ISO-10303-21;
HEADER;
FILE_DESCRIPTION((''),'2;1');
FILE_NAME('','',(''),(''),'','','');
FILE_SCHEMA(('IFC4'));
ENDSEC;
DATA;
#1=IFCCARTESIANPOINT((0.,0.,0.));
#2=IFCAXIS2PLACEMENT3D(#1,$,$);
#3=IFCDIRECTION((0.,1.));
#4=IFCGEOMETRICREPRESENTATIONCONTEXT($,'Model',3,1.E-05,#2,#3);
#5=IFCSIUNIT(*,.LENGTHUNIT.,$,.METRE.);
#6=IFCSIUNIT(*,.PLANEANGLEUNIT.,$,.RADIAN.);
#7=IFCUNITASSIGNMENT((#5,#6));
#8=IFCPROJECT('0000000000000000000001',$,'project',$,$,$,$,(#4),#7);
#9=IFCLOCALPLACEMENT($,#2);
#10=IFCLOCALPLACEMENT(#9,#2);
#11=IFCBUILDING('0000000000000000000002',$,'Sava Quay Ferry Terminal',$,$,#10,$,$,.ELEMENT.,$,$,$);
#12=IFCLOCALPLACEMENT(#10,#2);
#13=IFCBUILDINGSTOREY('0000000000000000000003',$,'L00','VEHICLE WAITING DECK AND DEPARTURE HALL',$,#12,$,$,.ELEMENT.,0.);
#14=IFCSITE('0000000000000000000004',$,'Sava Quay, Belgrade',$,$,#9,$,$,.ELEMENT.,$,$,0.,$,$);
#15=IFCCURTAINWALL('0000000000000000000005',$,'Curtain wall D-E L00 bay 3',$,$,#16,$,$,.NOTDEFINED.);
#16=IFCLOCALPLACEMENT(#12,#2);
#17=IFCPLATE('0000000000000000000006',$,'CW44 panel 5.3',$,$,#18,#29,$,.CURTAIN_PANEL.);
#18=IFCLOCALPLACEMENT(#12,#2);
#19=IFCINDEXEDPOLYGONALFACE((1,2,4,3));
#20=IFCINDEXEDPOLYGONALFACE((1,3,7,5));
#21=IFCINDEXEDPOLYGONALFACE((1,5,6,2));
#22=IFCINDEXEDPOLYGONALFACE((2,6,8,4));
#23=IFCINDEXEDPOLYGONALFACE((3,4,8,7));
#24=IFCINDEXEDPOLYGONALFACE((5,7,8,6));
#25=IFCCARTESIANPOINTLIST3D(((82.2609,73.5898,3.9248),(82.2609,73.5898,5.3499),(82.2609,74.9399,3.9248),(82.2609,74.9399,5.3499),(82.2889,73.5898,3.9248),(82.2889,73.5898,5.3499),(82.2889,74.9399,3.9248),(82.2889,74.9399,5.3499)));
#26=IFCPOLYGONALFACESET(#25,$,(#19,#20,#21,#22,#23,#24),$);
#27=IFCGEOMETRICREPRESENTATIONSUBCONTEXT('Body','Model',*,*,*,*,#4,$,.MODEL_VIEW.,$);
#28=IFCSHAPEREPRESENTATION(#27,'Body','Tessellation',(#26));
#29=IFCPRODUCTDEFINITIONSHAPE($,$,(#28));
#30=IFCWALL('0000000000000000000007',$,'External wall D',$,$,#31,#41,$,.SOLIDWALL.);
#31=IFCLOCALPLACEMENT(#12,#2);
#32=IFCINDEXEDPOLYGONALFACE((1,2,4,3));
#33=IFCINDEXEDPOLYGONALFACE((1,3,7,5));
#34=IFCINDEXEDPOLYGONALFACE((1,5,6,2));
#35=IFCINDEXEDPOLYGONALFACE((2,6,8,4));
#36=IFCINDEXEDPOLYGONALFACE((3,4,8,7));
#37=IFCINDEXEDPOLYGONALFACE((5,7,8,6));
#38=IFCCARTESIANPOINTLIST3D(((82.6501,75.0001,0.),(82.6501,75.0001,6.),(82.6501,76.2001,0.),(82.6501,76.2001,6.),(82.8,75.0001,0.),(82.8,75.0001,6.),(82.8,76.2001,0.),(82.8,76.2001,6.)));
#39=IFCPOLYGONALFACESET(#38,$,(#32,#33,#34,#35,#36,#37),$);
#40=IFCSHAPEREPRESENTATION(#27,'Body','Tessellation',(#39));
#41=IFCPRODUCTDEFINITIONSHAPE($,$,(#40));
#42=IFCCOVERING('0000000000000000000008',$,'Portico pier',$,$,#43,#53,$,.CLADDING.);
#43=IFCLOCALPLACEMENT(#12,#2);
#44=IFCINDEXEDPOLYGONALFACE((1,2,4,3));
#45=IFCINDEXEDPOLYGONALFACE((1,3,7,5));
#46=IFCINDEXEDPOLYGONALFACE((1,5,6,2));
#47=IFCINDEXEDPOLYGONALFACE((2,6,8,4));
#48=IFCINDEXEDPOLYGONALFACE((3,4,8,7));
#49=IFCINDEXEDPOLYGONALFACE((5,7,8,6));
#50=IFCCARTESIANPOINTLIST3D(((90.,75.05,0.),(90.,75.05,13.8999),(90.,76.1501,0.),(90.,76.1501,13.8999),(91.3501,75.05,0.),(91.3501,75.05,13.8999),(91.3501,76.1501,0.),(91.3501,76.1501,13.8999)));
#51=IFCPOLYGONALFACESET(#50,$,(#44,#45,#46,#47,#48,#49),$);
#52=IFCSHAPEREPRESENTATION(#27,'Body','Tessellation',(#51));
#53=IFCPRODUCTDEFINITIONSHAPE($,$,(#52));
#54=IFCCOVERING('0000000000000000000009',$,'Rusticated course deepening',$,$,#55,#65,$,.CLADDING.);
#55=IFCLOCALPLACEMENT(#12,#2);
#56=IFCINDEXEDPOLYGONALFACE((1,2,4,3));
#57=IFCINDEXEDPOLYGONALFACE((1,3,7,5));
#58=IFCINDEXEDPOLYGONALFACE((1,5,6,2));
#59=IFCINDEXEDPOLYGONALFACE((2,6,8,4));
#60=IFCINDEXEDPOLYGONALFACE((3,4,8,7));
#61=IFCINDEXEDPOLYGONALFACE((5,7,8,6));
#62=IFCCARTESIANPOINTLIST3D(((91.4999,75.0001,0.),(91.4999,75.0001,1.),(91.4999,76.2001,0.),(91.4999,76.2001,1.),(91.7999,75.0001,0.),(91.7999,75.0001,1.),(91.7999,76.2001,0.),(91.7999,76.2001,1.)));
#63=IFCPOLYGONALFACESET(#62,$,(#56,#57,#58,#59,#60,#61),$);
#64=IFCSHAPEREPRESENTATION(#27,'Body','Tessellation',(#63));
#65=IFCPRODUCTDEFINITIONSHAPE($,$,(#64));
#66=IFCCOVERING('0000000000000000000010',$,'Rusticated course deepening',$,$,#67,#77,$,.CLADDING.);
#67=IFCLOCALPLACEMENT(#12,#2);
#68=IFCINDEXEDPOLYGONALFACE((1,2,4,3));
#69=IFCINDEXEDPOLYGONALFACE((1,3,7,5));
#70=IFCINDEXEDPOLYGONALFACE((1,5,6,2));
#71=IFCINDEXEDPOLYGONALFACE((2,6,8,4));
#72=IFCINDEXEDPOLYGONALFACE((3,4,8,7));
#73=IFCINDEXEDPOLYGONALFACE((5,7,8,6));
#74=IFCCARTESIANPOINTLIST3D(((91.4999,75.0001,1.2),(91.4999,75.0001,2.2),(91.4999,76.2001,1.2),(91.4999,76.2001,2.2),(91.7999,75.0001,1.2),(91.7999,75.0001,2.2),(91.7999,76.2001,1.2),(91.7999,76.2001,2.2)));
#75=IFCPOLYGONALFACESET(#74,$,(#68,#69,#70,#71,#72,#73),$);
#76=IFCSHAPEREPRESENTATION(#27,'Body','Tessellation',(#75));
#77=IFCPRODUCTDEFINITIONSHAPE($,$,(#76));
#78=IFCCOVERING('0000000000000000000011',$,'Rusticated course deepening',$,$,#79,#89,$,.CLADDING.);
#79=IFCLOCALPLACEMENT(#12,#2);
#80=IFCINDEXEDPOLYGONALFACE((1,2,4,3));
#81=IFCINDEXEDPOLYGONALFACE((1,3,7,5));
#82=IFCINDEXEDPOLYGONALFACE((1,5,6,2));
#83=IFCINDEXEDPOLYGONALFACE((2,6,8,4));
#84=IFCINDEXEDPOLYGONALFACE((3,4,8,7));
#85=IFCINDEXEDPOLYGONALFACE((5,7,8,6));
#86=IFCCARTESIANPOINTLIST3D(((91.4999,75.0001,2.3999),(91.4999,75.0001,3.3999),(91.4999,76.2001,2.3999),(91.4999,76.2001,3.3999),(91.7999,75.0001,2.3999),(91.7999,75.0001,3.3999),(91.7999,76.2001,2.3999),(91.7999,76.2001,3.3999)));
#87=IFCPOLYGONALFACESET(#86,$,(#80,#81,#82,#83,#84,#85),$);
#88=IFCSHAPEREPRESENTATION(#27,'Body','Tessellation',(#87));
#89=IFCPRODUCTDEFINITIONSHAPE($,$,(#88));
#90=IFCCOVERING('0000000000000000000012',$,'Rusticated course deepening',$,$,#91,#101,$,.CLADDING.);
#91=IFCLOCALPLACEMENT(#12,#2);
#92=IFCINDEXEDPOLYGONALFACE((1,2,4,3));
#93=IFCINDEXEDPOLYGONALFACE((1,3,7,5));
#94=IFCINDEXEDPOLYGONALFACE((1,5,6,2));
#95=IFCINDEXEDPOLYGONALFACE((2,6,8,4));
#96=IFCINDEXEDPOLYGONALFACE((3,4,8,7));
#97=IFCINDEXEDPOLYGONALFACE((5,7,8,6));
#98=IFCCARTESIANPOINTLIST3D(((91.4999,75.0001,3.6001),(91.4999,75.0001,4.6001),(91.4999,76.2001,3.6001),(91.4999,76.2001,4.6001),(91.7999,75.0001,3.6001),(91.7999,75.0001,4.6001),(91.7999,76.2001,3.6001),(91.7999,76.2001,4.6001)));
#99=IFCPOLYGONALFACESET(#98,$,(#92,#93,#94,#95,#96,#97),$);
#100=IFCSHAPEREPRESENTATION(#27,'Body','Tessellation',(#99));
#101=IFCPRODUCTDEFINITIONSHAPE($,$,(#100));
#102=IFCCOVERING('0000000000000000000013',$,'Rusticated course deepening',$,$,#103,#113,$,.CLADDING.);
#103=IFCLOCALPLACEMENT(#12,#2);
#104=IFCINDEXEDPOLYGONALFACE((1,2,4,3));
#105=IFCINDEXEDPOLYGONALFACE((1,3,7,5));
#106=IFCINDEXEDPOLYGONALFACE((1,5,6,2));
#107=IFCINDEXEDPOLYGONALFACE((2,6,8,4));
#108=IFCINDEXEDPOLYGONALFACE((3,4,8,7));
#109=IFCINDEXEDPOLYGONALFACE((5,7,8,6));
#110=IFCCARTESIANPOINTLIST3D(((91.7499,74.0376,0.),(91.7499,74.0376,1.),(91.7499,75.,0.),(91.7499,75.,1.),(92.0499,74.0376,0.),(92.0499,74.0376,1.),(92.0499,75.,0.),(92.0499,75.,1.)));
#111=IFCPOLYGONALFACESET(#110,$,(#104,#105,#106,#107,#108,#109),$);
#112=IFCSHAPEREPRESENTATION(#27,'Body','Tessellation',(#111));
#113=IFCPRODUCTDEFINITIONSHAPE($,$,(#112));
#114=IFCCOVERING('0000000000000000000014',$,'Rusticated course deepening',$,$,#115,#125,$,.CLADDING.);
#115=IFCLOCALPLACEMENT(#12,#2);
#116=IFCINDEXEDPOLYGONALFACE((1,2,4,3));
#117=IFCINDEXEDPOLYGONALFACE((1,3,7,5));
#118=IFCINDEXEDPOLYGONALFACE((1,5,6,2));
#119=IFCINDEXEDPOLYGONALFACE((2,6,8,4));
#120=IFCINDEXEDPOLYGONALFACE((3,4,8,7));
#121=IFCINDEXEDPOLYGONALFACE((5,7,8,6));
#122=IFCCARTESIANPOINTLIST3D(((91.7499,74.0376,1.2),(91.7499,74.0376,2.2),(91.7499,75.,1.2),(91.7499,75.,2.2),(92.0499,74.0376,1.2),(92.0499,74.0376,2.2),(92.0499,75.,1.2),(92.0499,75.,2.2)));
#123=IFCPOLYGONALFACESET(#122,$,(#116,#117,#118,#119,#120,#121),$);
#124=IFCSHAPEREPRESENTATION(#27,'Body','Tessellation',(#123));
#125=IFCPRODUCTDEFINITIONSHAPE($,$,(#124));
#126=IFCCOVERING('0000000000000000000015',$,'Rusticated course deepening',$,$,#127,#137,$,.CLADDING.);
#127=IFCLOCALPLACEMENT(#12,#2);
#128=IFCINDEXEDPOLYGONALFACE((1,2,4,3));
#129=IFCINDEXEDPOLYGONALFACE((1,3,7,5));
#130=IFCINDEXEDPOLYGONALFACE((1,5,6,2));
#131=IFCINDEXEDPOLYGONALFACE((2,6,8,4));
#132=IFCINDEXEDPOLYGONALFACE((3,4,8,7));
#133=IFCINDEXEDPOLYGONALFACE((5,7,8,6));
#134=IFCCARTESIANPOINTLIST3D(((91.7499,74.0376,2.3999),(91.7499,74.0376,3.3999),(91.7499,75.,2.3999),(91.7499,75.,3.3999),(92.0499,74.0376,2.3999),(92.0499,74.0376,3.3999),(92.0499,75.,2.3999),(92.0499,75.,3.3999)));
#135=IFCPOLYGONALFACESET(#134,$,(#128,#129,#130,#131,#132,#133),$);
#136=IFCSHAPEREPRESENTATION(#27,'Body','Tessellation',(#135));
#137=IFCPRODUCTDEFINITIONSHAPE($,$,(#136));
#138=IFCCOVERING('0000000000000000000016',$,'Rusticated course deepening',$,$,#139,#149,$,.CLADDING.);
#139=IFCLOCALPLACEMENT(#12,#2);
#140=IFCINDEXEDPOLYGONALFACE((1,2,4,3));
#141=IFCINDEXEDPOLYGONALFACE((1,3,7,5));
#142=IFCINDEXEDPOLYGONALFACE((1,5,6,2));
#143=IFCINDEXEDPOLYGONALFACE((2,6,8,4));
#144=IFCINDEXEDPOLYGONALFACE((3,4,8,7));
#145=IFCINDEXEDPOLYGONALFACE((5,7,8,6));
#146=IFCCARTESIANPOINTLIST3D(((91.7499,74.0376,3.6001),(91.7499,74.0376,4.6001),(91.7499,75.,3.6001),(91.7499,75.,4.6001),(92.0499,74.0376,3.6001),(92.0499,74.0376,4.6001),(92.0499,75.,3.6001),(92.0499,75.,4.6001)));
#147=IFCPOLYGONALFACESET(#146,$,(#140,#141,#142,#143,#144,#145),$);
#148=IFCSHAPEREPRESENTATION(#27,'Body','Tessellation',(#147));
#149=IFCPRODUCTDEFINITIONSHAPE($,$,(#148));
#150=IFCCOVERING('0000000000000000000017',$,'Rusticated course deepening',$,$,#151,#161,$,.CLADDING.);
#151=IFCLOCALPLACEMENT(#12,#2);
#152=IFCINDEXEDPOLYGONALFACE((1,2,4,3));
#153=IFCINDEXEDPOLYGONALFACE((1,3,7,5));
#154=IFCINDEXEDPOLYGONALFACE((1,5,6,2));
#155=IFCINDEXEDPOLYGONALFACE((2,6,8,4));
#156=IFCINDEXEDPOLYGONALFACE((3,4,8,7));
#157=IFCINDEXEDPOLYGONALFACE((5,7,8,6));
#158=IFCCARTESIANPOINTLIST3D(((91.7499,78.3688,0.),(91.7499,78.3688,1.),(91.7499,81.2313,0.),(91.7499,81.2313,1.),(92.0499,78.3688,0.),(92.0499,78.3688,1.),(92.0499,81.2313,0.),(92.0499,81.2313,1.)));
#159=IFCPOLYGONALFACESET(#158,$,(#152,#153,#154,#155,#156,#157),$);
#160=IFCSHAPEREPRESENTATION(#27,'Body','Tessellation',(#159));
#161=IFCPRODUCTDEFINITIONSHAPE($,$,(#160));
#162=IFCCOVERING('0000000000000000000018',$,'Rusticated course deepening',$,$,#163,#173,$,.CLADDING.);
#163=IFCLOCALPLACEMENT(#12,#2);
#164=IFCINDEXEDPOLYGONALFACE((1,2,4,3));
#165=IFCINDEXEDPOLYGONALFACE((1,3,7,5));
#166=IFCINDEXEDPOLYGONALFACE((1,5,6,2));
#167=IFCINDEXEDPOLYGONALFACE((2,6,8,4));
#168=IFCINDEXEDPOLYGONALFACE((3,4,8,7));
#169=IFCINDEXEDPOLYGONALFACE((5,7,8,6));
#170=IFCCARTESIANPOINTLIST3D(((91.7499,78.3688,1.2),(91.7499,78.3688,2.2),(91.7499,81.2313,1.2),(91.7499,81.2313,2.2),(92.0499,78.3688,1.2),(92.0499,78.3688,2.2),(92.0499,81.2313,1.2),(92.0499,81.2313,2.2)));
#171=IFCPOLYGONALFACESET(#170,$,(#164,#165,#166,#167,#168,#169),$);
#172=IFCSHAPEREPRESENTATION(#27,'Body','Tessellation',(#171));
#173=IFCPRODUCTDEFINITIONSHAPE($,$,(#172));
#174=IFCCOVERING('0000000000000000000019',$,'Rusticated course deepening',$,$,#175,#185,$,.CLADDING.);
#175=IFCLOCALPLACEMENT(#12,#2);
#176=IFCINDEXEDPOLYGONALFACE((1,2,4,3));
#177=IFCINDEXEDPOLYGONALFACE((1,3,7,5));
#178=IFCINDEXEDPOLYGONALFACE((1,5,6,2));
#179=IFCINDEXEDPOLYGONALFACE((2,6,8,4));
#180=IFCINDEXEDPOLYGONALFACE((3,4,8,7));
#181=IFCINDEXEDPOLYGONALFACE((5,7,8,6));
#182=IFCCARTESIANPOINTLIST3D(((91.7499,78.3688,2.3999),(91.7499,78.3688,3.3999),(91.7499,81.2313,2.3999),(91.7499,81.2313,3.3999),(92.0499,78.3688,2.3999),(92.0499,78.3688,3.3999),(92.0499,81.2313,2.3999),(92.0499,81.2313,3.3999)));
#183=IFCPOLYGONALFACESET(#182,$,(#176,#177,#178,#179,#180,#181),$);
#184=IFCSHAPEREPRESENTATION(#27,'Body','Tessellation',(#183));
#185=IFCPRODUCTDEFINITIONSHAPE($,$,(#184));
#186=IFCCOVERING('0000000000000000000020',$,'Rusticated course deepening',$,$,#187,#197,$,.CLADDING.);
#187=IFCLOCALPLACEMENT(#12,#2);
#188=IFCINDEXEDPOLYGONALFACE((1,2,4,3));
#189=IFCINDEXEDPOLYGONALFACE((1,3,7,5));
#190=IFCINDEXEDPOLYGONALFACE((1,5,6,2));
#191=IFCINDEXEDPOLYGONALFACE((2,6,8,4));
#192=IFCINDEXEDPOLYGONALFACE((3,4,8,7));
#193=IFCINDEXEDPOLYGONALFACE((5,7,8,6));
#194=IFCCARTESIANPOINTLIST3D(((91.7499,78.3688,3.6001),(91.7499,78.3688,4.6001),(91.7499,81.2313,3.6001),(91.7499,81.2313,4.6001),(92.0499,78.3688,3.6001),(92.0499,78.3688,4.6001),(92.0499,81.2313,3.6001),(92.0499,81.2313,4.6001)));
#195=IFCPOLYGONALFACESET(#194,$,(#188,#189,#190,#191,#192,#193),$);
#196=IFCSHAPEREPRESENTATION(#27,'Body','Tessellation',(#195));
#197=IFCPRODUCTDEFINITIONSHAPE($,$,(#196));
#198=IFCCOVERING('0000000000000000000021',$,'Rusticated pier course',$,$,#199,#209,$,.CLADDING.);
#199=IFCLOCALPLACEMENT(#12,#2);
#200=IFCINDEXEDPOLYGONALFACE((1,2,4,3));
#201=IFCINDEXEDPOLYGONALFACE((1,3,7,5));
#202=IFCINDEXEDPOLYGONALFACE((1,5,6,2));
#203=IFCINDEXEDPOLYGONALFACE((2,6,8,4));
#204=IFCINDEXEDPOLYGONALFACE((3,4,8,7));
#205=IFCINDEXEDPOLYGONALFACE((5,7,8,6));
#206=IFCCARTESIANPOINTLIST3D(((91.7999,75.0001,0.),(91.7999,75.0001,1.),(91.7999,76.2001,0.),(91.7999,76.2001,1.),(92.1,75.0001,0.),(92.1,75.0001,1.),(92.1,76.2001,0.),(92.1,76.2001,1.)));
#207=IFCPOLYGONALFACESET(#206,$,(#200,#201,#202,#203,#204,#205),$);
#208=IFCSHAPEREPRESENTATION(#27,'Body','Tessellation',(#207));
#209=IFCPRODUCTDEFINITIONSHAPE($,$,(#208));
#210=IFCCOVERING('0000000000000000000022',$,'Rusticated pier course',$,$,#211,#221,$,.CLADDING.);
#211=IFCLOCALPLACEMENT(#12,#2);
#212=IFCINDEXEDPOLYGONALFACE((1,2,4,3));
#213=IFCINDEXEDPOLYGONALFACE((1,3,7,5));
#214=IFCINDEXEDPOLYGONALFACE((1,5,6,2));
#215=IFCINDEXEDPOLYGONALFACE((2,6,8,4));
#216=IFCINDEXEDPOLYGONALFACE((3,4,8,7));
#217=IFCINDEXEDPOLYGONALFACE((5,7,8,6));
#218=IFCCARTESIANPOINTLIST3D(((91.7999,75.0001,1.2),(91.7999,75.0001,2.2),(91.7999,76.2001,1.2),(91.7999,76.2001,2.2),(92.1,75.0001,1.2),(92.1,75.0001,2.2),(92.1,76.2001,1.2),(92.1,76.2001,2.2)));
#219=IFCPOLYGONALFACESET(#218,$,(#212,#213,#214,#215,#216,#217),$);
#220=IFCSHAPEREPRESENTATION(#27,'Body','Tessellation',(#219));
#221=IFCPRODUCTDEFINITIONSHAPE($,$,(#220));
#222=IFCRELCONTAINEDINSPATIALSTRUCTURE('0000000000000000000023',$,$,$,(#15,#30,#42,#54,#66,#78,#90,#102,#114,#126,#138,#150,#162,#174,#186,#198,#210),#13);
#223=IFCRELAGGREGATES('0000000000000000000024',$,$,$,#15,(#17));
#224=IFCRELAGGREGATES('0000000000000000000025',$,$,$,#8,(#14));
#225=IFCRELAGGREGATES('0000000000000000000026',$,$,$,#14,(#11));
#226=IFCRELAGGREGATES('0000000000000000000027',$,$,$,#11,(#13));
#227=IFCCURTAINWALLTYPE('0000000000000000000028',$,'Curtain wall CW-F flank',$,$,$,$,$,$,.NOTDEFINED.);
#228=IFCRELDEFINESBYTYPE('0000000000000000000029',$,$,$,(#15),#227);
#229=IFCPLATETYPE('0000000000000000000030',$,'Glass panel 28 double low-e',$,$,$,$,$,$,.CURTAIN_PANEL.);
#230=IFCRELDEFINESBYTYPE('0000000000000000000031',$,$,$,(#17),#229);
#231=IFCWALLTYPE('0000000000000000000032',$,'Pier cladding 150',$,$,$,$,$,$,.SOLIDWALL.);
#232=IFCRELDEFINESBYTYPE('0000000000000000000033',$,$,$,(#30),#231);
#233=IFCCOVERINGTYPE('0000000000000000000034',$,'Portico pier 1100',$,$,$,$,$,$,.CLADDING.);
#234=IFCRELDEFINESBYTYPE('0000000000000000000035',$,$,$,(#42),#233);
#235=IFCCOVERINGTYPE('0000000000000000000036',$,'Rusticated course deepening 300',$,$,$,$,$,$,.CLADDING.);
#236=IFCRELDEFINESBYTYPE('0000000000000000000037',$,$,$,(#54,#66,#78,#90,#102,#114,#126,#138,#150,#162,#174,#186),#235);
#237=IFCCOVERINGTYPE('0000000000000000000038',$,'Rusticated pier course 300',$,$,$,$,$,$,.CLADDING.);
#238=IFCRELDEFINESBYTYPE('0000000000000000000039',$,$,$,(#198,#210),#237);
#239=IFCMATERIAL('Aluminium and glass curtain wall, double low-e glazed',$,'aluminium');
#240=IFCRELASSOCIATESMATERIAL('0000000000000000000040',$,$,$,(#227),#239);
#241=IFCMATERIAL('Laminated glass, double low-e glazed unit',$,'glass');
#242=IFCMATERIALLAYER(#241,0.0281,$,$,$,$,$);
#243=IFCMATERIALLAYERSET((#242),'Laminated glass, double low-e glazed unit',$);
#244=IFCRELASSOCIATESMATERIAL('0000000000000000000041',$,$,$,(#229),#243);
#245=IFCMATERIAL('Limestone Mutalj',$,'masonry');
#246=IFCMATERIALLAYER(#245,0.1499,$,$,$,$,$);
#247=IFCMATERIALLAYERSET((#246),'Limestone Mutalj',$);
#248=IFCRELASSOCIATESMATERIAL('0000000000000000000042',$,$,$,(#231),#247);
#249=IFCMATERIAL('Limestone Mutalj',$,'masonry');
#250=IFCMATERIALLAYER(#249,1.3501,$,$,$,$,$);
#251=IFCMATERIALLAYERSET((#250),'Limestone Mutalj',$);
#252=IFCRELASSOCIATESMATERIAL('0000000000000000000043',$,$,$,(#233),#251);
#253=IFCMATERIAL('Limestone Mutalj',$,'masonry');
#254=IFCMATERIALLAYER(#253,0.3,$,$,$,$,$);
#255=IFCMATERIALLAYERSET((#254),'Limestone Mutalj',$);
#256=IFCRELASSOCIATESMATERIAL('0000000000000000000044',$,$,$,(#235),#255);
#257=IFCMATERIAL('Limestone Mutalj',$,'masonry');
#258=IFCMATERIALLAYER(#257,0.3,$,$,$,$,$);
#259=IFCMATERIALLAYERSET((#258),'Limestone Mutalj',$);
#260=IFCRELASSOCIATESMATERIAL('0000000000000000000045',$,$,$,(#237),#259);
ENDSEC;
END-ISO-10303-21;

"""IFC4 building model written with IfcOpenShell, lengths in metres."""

from ifc_helpers import new_model, si_unit, direction, frame, frame_2d, origin, origin_2d, place, context, subcontext, project, spatial, rectangle, extrude, material, layer, layer_set, type_object, element, aggregate, save


model = new_model("IFC4")

# Units and contexts
model_context = context("Model", 3, precision=1e-05, world=origin(), true_north=direction((0.0, 1.0)))
body_context = subcontext(model_context, "Body", "Model", "MODEL_VIEW")
ifc_project = project(units=[si_unit("LENGTHUNIT", "METRE"), si_unit("PLANEANGLEUNIT", "RADIAN")], contexts=[model_context])

# Site, building, storey
site_placement = place(None, origin())
site = spatial("IfcSite", under=ifc_project, at=site_placement, Name="Sava Quay, Belgrade", CompositionType="ELEMENT", RefElevation=0.0)
building_placement = place(site_placement, origin())
building = spatial("IfcBuilding", under=site, at=building_placement, Name="Sava Quay Ferry Terminal", CompositionType="ELEMENT")
storey_placement = place(building_placement, origin())
storey = spatial("IfcBuildingStorey", under=building, at=storey_placement, Name="L00", Description="VEHICLE WAITING DECK AND DEPARTURE HALL", CompositionType="ELEMENT", Elevation=0.0)

# Curtain wall
ifc_material_1 = material(Name="Aluminium and glass curtain wall, double low-e glazed", Category="aluminium")
curtain_wall_type = type_object("IfcCurtainWallType", Name="Curtain wall CW-F flank", PredefinedType="NOTDEFINED", material=ifc_material_1)
curtain_wall_placement = place(storey_placement, origin())
curtain_wall = element("IfcCurtainWall", 1, at=curtain_wall_placement, inside=storey, type_object=curtain_wall_type, Name="Curtain wall D-E L00 bay 3", PredefinedType="NOTDEFINED")

# Plate
ifc_material_2 = material(Name="Laminated glass, double low-e glazed unit", Category="glass")
ifc_layer_1 = layer(ifc_material_2, 0.0281)
ifc_layer_set_1 = layer_set([ifc_layer_1], Name="Laminated glass, double low-e glazed unit")
plate_type = type_object("IfcPlateType", Name="Glass panel 28 double low-e", PredefinedType="CURTAIN_PANEL", material=ifc_layer_set_1)
plate_placement = place(storey_placement, frame((82.2749, 74.2649, 3.9248), z_axis=(0.0, 0.0, 1.0), x_axis=(0.0, 1.0, 0.0)))
plate = element("IfcPlate", 2, at=plate_placement, type_object=plate_type, Name="CW44 panel 5.3", PredefinedType="CURTAIN_PANEL", context=body_context, shape_type="SweptSolid", body=[
    extrude(rectangle(XDim=1.3501, YDim=0.0281, at=origin_2d()), origin(), (0.0, 0.0, 1.0), 1.425),
])
aggregate(curtain_wall, [plate])

# Wall
ifc_material_3 = material(Name="Limestone Mutalj", Category="masonry")
ifc_layer_2 = layer(ifc_material_3, 0.1499)
ifc_layer_set_2 = layer_set([ifc_layer_2], Name="Limestone Mutalj")
wall_type = type_object("IfcWallType", Name="Pier cladding 150", PredefinedType="SOLIDWALL", material=ifc_layer_set_2)
wall_placement = place(storey_placement, frame((82.7251, 75.0, 0.0), z_axis=(0.0, 0.0, 1.0), x_axis=(0.0, 1.0, 0.0)))
element("IfcWall", 3, at=wall_placement, inside=storey, type_object=wall_type, Name="External wall D", PredefinedType="SOLIDWALL", context=body_context, shape_type="SweptSolid", body=[
    extrude(rectangle(XDim=1.2, YDim=0.1499, at=frame_2d((0.6001, 0.0))), origin(), (0.0, 0.0, 1.0), 6.0),
])

# Coverings
ifc_material_4 = material(Name="Limestone Mutalj", Category="masonry")
ifc_layer_3 = layer(ifc_material_4, 1.3501)
ifc_layer_set_3 = layer_set([ifc_layer_3], Name="Limestone Mutalj")
covering_type_1 = type_object("IfcCoveringType", Name="Portico pier 1100", PredefinedType="CLADDING", material=ifc_layer_set_3)
covering_placement = place(storey_placement, frame((90.675, 75.6001, 0.0), z_axis=(0.0, 0.0, 1.0), x_axis=(1.0, 0.0, 0.0)))
element("IfcCovering", 4, at=covering_placement, inside=storey, type_object=covering_type_1, Name="Portico pier", PredefinedType="CLADDING", context=body_context, shape_type="SweptSolid", body=[
    extrude(rectangle(XDim=1.3501, YDim=1.1001, at=origin_2d()), origin(), (0.0, 0.0, 1.0), 13.8999),
])
ifc_material_5 = material(Name="Limestone Mutalj", Category="masonry")
ifc_layer_4 = layer(ifc_material_5, 0.3)
ifc_layer_set_4 = layer_set([ifc_layer_4], Name="Limestone Mutalj")
covering_type_2 = type_object("IfcCoveringType", Name="Rusticated course deepening 300", PredefinedType="CLADDING", material=ifc_layer_set_4)
for number, where, z_axis, x_axis, name in (
    (5, (91.6499, 75.6001, 0.0), (0.0, 0.0, 1.0), (1.0, 0.0, 0.0), "Rusticated course deepening"),
    (6, (91.6499, 75.6001, 1.2), (0.0, 0.0, 1.0), (1.0, 0.0, 0.0), "Rusticated course deepening"),
    (7, (91.6499, 75.6001, 2.3999), (0.0, 0.0, 1.0), (1.0, 0.0, 0.0), "Rusticated course deepening"),
    (8, (91.6499, 75.6001, 3.6001), (0.0, 0.0, 1.0), (1.0, 0.0, 0.0), "Rusticated course deepening"),
):
    element("IfcCovering", number, at=place(storey_placement, frame(where, z_axis=z_axis, x_axis=x_axis)), inside=storey, type_object=covering_type_2, Name=name, PredefinedType="CLADDING", context=body_context, shape_type="SweptSolid", body=[
        extrude(rectangle(XDim=0.3, YDim=1.2, at=origin_2d()), origin(), (0.0, 0.0, 1.0), 1.0),
    ])
for number, where, z_axis, x_axis, name in (
    (9, (91.8999, 74.5188, 0.0), (0.0, 0.0, 1.0), (1.0, 0.0, 0.0), "Rusticated course deepening"),
    (10, (91.8999, 74.5188, 1.2), (0.0, 0.0, 1.0), (1.0, 0.0, 0.0), "Rusticated course deepening"),
    (11, (91.8999, 74.5188, 2.3999), (0.0, 0.0, 1.0), (1.0, 0.0, 0.0), "Rusticated course deepening"),
    (12, (91.8999, 74.5188, 3.6001), (0.0, 0.0, 1.0), (1.0, 0.0, 0.0), "Rusticated course deepening"),
):
    element("IfcCovering", number, at=place(storey_placement, frame(where, z_axis=z_axis, x_axis=x_axis)), inside=storey, type_object=covering_type_2, Name=name, PredefinedType="CLADDING", context=body_context, shape_type="SweptSolid", body=[
        extrude(rectangle(XDim=0.3, YDim=0.9624, at=origin_2d()), origin(), (0.0, 0.0, 1.0), 1.0),
    ])
for number, where, z_axis, x_axis, name in (
    (13, (91.8999, 79.8, 0.0), (0.0, 0.0, 1.0), (1.0, 0.0, 0.0), "Rusticated course deepening"),
    (14, (91.8999, 79.8, 1.2), (0.0, 0.0, 1.0), (1.0, 0.0, 0.0), "Rusticated course deepening"),
    (15, (91.8999, 79.8, 2.3999), (0.0, 0.0, 1.0), (1.0, 0.0, 0.0), "Rusticated course deepening"),
    (16, (91.8999, 79.8, 3.6001), (0.0, 0.0, 1.0), (1.0, 0.0, 0.0), "Rusticated course deepening"),
):
    element("IfcCovering", number, at=place(storey_placement, frame(where, z_axis=z_axis, x_axis=x_axis)), inside=storey, type_object=covering_type_2, Name=name, PredefinedType="CLADDING", context=body_context, shape_type="SweptSolid", body=[
        extrude(rectangle(XDim=0.3, YDim=2.8625, at=origin_2d()), origin(), (0.0, 0.0, 1.0), 1.0),
    ])
ifc_material_6 = material(Name="Limestone Mutalj", Category="masonry")
ifc_layer_5 = layer(ifc_material_6, 0.3)
ifc_layer_set_5 = layer_set([ifc_layer_5], Name="Limestone Mutalj")
covering_type_3 = type_object("IfcCoveringType", Name="Rusticated pier course 300", PredefinedType="CLADDING", material=ifc_layer_set_5)
for number, where, z_axis, x_axis, name in (
    (17, (91.95, 75.6001, 0.0), (0.0, 0.0, 1.0), (1.0, 0.0, 0.0), "Rusticated pier course"),
    (18, (91.95, 75.6001, 1.2), (0.0, 0.0, 1.0), (1.0, 0.0, 0.0), "Rusticated pier course"),
):
    element("IfcCovering", number, at=place(storey_placement, frame(where, z_axis=z_axis, x_axis=x_axis)), inside=storey, type_object=covering_type_3, Name=name, PredefinedType="CLADDING", context=body_context, shape_type="SweptSolid", body=[
        extrude(rectangle(XDim=0.3, YDim=1.2, at=origin_2d()), origin(), (0.0, 0.0, 1.0), 1.0),
    ])

save(model, "model.ifc")
